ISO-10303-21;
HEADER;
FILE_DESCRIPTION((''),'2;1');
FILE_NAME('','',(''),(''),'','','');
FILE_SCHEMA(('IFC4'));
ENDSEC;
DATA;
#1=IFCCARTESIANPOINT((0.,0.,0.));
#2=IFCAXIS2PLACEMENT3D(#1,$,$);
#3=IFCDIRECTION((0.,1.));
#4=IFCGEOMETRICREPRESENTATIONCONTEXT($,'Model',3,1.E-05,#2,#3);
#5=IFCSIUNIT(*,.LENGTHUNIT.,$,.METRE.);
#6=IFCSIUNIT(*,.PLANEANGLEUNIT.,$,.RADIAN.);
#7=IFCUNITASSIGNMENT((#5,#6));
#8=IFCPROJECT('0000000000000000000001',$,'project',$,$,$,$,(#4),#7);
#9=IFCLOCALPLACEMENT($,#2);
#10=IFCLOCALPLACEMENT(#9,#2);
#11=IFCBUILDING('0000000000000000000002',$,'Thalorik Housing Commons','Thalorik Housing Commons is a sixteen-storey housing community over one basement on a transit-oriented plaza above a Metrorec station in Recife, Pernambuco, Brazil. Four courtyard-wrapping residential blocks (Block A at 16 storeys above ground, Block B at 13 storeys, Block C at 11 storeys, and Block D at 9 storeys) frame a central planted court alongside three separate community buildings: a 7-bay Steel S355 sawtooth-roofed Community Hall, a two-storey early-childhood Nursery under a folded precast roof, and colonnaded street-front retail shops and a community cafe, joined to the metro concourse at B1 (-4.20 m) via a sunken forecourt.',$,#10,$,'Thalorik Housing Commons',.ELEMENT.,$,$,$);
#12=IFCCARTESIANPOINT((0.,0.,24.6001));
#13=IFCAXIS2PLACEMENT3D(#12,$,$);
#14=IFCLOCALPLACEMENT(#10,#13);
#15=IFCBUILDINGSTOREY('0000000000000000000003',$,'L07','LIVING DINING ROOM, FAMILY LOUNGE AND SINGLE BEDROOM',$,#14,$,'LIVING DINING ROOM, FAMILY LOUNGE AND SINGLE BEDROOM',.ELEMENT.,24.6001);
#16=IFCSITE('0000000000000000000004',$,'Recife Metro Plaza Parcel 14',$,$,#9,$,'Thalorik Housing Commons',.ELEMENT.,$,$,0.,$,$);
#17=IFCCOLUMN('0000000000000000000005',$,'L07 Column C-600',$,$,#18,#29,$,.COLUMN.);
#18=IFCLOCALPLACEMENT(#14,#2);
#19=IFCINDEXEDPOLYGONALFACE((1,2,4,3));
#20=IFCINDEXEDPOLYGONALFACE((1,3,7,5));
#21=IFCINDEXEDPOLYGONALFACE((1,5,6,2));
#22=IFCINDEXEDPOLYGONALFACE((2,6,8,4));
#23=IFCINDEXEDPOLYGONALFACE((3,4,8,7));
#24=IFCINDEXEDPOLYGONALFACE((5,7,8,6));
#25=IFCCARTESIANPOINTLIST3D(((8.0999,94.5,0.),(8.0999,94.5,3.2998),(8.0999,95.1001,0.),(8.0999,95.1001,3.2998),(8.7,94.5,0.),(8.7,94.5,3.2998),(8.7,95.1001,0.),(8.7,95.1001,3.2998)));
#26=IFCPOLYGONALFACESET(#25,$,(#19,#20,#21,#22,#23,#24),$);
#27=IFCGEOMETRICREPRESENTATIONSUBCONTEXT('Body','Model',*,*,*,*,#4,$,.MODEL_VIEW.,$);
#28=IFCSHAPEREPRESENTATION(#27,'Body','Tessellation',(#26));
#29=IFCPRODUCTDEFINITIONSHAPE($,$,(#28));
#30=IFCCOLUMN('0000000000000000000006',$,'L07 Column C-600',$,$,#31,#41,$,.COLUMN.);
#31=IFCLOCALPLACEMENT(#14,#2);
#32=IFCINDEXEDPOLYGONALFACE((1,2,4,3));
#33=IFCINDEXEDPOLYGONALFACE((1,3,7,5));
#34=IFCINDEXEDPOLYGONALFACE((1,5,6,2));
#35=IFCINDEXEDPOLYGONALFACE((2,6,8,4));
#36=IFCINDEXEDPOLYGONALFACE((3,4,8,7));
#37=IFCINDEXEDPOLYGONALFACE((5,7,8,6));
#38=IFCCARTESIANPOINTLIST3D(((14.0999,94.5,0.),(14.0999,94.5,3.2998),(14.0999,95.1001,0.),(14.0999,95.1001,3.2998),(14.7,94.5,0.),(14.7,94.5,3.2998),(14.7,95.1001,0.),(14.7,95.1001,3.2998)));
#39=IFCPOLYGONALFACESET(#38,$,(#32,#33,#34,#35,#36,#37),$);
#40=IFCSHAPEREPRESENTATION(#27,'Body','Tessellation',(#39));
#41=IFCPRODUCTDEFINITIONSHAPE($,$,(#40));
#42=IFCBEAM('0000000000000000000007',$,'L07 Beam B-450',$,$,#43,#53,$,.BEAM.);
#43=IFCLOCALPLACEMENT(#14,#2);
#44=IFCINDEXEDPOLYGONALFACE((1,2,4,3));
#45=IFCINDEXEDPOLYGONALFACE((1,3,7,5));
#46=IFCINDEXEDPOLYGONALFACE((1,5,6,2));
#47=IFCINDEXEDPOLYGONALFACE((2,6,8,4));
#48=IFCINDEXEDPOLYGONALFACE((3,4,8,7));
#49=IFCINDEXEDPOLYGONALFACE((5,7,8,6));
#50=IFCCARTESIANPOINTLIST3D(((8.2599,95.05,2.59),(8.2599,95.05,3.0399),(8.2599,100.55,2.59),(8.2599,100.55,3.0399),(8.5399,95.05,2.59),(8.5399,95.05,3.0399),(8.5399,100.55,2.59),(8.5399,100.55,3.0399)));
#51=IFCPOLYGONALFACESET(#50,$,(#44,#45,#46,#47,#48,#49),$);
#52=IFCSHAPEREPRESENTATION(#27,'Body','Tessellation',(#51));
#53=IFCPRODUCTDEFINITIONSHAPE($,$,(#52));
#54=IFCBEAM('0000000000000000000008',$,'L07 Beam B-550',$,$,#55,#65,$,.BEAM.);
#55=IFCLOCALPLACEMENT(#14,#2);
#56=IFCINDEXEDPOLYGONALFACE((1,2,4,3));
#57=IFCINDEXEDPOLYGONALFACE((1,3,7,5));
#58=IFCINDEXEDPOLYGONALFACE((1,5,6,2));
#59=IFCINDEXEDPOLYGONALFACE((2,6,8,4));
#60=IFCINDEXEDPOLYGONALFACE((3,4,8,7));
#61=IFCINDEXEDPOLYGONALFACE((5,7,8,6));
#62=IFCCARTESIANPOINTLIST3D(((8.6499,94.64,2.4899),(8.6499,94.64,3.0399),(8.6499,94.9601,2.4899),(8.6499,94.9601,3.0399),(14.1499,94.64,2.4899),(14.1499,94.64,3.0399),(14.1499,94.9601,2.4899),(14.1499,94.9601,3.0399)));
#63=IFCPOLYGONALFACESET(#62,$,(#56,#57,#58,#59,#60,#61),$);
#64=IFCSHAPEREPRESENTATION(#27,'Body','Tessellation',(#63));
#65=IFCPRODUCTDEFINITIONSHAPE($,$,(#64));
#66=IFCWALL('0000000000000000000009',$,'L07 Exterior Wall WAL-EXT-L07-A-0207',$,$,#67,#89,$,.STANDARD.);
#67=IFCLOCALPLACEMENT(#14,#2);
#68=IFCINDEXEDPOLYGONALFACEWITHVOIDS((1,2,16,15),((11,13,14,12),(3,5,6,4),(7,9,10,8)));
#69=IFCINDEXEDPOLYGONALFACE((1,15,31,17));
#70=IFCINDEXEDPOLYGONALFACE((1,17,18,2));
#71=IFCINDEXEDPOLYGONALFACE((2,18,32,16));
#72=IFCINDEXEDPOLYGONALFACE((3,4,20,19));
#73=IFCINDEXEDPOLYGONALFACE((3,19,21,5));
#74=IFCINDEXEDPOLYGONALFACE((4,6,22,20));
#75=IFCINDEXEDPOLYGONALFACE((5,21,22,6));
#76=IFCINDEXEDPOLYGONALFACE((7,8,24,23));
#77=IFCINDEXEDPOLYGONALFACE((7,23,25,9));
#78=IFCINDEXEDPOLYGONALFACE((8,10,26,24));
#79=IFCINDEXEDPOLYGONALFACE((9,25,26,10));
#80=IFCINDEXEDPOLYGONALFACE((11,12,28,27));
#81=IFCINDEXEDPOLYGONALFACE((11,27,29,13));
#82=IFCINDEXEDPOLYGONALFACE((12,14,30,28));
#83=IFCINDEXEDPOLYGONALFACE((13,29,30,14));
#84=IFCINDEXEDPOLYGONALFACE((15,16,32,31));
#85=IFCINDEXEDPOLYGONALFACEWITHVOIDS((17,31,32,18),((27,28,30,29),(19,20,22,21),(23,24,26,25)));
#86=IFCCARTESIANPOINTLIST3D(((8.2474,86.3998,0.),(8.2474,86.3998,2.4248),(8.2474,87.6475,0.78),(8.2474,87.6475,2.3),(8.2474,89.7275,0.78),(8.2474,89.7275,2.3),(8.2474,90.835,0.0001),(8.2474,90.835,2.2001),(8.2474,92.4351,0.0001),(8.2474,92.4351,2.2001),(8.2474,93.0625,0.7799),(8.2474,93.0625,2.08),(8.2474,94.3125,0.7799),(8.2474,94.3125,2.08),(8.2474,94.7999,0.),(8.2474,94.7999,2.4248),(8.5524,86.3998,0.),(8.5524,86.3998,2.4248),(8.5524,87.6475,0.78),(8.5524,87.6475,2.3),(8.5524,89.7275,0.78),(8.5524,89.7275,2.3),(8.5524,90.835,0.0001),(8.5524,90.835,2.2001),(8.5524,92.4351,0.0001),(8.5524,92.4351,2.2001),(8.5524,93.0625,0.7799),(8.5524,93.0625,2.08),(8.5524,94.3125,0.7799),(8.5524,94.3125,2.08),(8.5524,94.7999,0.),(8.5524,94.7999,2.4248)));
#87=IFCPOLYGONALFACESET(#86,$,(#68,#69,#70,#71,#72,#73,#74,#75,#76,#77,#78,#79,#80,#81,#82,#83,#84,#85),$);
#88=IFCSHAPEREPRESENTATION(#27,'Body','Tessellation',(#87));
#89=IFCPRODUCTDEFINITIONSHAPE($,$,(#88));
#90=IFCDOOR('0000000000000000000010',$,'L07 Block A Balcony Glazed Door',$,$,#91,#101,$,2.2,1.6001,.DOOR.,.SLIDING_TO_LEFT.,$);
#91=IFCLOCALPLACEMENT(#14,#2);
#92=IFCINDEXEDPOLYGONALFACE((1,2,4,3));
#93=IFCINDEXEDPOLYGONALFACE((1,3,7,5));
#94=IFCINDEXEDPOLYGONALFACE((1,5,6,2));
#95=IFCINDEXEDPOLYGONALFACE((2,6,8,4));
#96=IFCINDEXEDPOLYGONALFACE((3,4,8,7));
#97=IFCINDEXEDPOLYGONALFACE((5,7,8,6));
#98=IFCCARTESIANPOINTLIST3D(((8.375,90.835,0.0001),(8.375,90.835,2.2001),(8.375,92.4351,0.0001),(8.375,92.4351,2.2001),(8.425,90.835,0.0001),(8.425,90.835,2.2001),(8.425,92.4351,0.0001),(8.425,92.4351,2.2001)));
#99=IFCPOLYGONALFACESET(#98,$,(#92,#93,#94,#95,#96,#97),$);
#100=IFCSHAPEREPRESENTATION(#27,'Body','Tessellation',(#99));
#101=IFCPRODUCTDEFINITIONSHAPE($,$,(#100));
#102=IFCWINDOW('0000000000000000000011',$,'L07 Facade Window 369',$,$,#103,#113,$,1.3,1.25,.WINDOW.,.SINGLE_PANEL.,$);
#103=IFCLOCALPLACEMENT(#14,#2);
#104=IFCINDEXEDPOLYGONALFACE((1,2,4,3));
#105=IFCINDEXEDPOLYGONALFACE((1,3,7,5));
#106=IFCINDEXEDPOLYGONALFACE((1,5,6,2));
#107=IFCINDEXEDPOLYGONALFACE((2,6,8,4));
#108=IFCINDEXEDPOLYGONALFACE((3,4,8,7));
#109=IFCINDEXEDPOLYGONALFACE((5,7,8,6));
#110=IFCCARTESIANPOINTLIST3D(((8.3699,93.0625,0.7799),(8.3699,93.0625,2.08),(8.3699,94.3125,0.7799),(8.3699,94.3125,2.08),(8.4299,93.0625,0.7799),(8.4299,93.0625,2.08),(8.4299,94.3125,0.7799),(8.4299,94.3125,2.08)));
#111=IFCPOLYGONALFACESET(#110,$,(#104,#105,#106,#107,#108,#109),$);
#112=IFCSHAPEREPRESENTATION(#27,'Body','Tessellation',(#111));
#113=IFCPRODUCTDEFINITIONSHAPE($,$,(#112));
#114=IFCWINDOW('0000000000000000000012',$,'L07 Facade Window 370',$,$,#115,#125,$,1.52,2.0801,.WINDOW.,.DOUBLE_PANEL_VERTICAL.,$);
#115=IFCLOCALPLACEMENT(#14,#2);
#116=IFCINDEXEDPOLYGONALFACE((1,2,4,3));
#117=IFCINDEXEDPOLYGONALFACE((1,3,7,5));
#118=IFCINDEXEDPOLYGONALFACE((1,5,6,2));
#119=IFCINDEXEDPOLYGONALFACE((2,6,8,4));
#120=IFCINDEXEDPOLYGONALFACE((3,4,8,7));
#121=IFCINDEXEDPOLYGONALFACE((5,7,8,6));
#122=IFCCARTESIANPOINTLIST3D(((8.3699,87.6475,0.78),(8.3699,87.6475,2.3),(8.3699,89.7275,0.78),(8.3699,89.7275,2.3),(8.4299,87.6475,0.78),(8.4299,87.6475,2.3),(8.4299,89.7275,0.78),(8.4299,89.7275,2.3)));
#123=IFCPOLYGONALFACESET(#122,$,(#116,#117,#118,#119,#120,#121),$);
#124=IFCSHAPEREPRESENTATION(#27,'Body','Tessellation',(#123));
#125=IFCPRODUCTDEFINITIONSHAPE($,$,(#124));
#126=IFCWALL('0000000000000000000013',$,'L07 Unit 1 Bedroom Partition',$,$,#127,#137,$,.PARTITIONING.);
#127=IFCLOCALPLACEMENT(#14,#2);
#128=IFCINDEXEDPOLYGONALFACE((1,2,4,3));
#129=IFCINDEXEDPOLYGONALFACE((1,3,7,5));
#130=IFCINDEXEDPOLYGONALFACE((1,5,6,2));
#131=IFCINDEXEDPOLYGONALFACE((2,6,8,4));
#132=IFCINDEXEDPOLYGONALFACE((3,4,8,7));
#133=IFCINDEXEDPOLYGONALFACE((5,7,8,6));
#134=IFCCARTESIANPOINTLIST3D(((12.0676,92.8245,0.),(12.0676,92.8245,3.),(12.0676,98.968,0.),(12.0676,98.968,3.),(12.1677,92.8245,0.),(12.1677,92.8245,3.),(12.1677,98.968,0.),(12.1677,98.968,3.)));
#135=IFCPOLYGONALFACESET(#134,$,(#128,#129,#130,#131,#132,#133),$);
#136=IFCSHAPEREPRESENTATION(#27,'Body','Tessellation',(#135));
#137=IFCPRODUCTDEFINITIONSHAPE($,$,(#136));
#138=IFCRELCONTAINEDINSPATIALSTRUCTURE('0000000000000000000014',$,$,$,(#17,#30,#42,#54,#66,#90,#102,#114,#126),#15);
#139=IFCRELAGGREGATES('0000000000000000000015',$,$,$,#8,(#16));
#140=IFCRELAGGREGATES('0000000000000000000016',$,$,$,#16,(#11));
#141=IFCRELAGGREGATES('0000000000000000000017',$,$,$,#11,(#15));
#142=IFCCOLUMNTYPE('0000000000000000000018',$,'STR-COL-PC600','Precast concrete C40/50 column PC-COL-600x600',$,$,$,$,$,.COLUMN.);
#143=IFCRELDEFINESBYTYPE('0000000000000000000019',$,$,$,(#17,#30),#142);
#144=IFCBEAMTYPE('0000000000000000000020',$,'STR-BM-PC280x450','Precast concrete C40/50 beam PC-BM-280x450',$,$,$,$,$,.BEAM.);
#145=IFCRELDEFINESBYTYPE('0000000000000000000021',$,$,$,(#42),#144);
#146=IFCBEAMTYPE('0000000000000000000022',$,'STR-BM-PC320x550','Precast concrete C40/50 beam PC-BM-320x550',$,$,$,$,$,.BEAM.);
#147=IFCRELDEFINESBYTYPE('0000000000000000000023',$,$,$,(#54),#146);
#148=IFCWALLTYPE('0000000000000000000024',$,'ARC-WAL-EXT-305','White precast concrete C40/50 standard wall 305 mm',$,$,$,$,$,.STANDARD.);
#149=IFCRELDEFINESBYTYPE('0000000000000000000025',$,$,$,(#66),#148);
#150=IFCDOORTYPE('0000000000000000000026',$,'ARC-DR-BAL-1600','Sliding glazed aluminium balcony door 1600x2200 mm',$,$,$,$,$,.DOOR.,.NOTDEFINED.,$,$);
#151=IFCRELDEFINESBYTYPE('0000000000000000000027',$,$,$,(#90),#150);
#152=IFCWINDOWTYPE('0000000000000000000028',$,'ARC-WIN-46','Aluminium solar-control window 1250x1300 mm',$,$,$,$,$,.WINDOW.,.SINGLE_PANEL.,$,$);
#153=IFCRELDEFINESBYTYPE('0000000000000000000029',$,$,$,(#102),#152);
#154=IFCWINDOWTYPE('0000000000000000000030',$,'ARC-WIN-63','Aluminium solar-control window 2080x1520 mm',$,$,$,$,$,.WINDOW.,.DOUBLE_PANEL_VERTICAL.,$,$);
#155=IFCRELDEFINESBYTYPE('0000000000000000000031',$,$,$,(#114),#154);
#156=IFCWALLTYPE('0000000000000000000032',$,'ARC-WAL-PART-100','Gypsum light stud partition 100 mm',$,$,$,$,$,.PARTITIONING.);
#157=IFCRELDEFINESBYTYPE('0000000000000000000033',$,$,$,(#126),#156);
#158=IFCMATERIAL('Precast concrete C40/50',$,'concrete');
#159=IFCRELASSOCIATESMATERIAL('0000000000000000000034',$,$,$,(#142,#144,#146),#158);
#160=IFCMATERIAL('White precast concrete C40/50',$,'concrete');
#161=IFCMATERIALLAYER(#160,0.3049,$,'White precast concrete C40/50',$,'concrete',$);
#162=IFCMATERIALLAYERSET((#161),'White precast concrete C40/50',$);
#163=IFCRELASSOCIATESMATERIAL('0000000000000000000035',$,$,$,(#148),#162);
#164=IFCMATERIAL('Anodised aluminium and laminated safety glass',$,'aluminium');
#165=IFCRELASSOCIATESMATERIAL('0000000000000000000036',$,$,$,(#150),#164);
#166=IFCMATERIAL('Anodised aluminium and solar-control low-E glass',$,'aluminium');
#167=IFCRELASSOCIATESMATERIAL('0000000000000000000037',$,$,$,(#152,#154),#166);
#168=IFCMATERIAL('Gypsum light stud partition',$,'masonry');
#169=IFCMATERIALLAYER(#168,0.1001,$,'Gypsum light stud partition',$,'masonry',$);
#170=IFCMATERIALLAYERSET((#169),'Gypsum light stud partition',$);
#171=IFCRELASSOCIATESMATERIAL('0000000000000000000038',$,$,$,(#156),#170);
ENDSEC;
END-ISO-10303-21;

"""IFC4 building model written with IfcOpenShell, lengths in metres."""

from ifc_helpers import new_model, si_unit, direction, frame, frame_2d, origin, origin_2d, place, context, subcontext, project, spatial, rectangle, extrude, material, layer, layer_set, material_profile, profile_set, type_object, element, fill, save


model = new_model("IFC4")

# Units and contexts
model_context = context("Model", 3, precision=1e-05, world=origin(), true_north=direction((0.0, 1.0)))
body_context = subcontext(model_context, "Body", "Model", "MODEL_VIEW")
ifc_project = project(units=[si_unit("LENGTHUNIT", "METRE"), si_unit("PLANEANGLEUNIT", "RADIAN")], contexts=[model_context])

# Site, building, storey
site_placement = place(None, origin())
site = spatial("IfcSite", under=ifc_project, at=site_placement, Name="Recife Metro Plaza Parcel 14", LongName="Thalorik Housing Commons", CompositionType="ELEMENT", RefElevation=0.0)
building_placement = place(site_placement, origin())
building = spatial("IfcBuilding", under=site, at=building_placement, Name="Thalorik Housing Commons", Description="Thalorik Housing Commons is a sixteen-storey housing community over one basement on a transit-oriented plaza above a Metrorec station in Recife, Pernambuco, Brazil. Four courtyard-wrapping residential blocks (Block A at 16 storeys above ground, Block B at 13 storeys, Block C at 11 storeys, and Block D at 9 storeys) frame a central planted court alongside three separate community buildings: a 7-bay Steel S355 sawtooth-roofed Community Hall, a two-storey early-childhood Nursery under a folded precast roof, and colonnaded street-front retail shops and a community cafe, joined to the metro concourse at B1 (-4.20 m) via a sunken forecourt.", LongName="Thalorik Housing Commons", CompositionType="ELEMENT")
storey_placement = place(building_placement, frame((0.0, 0.0, 24.6001)))
storey = spatial("IfcBuildingStorey", under=building, at=storey_placement, Name="L07", Description="LIVING DINING ROOM, FAMILY LOUNGE AND SINGLE BEDROOM", LongName="LIVING DINING ROOM, FAMILY LOUNGE AND SINGLE BEDROOM", CompositionType="ELEMENT", Elevation=24.6001)

# Columns
ifc_material_1 = material(Name="Precast concrete C40/50", Category="concrete")
ifc_material_profile_1 = material_profile(ifc_material_1, rectangle(XDim=0.6001, YDim=0.6001, at=origin_2d()), Name="PC 600x600", Category="concrete")
ifc_profile_set_1 = profile_set([ifc_material_profile_1], Name="Precast concrete C40/50")
column_type = type_object("IfcColumnType", Name="STR-COL-PC600", Description="Precast concrete C40/50 column PC-COL-600x600", PredefinedType="COLUMN", material=ifc_profile_set_1)
for number, where, z_axis, x_axis, name in (
    (1, (8.3999, 94.8, 0.0), (0.0, 0.0, 1.0), (1.0, 0.0, 0.0), "L07 Column C-600"),
    (2, (14.3999, 94.8, 0.0), (0.0, 0.0, 1.0), (1.0, 0.0, 0.0), "L07 Column C-600"),
):
    element("IfcColumn", number, at=place(storey_placement, frame(where, z_axis=z_axis, x_axis=x_axis)), inside=storey, type_object=column_type, Name=name, PredefinedType="COLUMN", context=body_context, shape_type="SweptSolid", body=[
        extrude(rectangle(XDim=0.6001, YDim=0.6001, at=origin_2d()), origin(), (0.0, 0.0, 1.0), 3.2998),
    ])

# Beams
ifc_material_profile_2 = material_profile(ifc_material_1, rectangle(XDim=0.28, YDim=0.45, at=origin_2d()), Name="PC 280x450", Category="concrete")
ifc_profile_set_2 = profile_set([ifc_material_profile_2], Name="Precast concrete C40/50")
beam_type_1 = type_object("IfcBeamType", Name="STR-BM-PC280x450", Description="Precast concrete C40/50 beam PC-BM-280x450", PredefinedType="BEAM", material=ifc_profile_set_2)
beam_1_placement = place(storey_placement, frame((8.3999, 95.05, 2.8149), z_axis=(0.0, 1.0, 0.0), x_axis=(-1.0, 0.0, 0.0)))
element("IfcBeam", 3, at=beam_1_placement, inside=storey, type_object=beam_type_1, Name="L07 Beam B-450", PredefinedType="BEAM", context=body_context, shape_type="SweptSolid", body=[
    extrude(rectangle(XDim=0.28, YDim=0.45, at=origin_2d()), origin(), (0.0, 0.0, 1.0), 5.5),
])
ifc_material_profile_3 = material_profile(ifc_material_1, rectangle(XDim=0.3201, YDim=0.55, at=origin_2d()), Name="PC 320x550", Category="concrete")
ifc_profile_set_3 = profile_set([ifc_material_profile_3], Name="Precast concrete C40/50")
beam_type_2 = type_object("IfcBeamType", Name="STR-BM-PC320x550", Description="Precast concrete C40/50 beam PC-BM-320x550", PredefinedType="BEAM", material=ifc_profile_set_3)
beam_2_placement = place(storey_placement, frame((8.6499, 94.8, 2.7649), z_axis=(1.0, 0.0, 0.0), x_axis=(0.0, 1.0, 0.0)))
element("IfcBeam", 4, at=beam_2_placement, inside=storey, type_object=beam_type_2, Name="L07 Beam B-550", PredefinedType="BEAM", context=body_context, shape_type="SweptSolid", body=[
    extrude(rectangle(XDim=0.3201, YDim=0.55, at=origin_2d()), origin(), (0.0, 0.0, 1.0), 5.5),
])

# Wall, openings, door, windows
ifc_material_2 = material(Name="White precast concrete C40/50", Category="concrete")
ifc_layer_1 = layer(ifc_material_2, 0.3049, Name="White precast concrete C40/50", Category="concrete")
ifc_layer_set_1 = layer_set([ifc_layer_1], Name="White precast concrete C40/50")
wall_type_1 = type_object("IfcWallType", Name="ARC-WAL-EXT-305", Description="White precast concrete C40/50 standard wall 305 mm", PredefinedType="STANDARD", material=ifc_layer_set_1)
wall_1_placement = place(storey_placement, frame((8.3999, 94.8, 0.0), z_axis=(0.0, 0.0, 1.0), x_axis=(0.0, -1.0, 0.0)))
wall_1 = element("IfcWall", 5, at=wall_1_placement, inside=storey, type_object=wall_type_1, Name="L07 Exterior Wall WAL-EXT-L07-A-0207", PredefinedType="STANDARD", context=body_context, shape_type="SweptSolid", body=[
    extrude(rectangle(XDim=8.4001, YDim=0.3049, at=frame_2d((4.2002, 0.0))), origin(), (0.0, 0.0, 1.0), 2.4248),
])
opening_1_placement = place(wall_1_placement, frame((2.365, 0.0, 0.0)))
opening_1 = element("IfcOpeningElement", 6, at=opening_1_placement, cuts=wall_1, PredefinedType="OPENING", context=body_context, shape_type="SweptSolid", body=[
    extrude(rectangle(XDim=1.6001, YDim=2.2, at=frame_2d((0.8, 1.1001))), frame((0.0, 0.1626, 0.0), z_axis=(0.0, -1.0, 0.0), x_axis=(1.0, 0.0, 0.0)), (0.0, 0.0, 1.0), 0.325),
])
opening_2_placement = place(wall_1_placement, frame((0.4875, 0.0, 0.78)))
opening_2 = element("IfcOpeningElement", 7, at=opening_2_placement, cuts=wall_1, PredefinedType="OPENING", context=body_context, shape_type="SweptSolid", body=[
    extrude(rectangle(XDim=1.25, YDim=1.3, at=frame_2d((0.625, 0.6499))), frame((0.0, 0.1626, 0.0), z_axis=(0.0, -1.0, 0.0), x_axis=(1.0, 0.0, 0.0)), (0.0, 0.0, 1.0), 0.325),
])
opening_3_placement = place(wall_1_placement, frame((5.0725, 0.0, 0.78)))
opening_3 = element("IfcOpeningElement", 8, at=opening_3_placement, cuts=wall_1, PredefinedType="OPENING", context=body_context, shape_type="SweptSolid", body=[
    extrude(rectangle(XDim=2.0801, YDim=1.52, at=frame_2d((1.04, 0.76))), frame((0.0, 0.1626, 0.0), z_axis=(0.0, -1.0, 0.0), x_axis=(1.0, 0.0, 0.0)), (0.0, 0.0, 1.0), 0.325),
])
ifc_material_3 = material(Name="Anodised aluminium and laminated safety glass", Category="aluminium")
door_type_1 = type_object("IfcDoorType", Name="ARC-DR-BAL-1600", Description="Sliding glazed aluminium balcony door 1600x2200 mm", OperationType="NOTDEFINED", PredefinedType="DOOR", material=ifc_material_3)
door_1_placement = place(opening_1_placement, frame((1.6001, 0.0, 0.0), z_axis=(0.0, 0.0, 1.0), x_axis=(-1.0, 0.0, 0.0)))
door_1 = element("IfcDoor", 9, at=door_1_placement, inside=storey, type_object=door_type_1, Name="L07 Block A Balcony Glazed Door", OperationType="SLIDING_TO_LEFT", OverallHeight=2.2, OverallWidth=1.6001, PredefinedType="DOOR", context=body_context, shape_type="SweptSolid", body=[
    extrude(rectangle(XDim=1.6001, YDim=2.2, at=frame_2d((0.8, 1.1001))), frame((0.0, 0.0249, 0.0), z_axis=(0.0, -1.0, 0.0), x_axis=(1.0, 0.0, 0.0)), (0.0, 0.0, 1.0), 0.05),
])
fill(opening_1, door_1)
ifc_material_4 = material(Name="Anodised aluminium and solar-control low-E glass", Category="aluminium")
window_type_1 = type_object("IfcWindowType", Name="ARC-WIN-46", Description="Aluminium solar-control window 1250x1300 mm", PartitioningType="SINGLE_PANEL", PredefinedType="WINDOW", material=ifc_material_4)
window_1_placement = place(opening_2_placement, origin())
window_1 = element("IfcWindow", 10, at=window_1_placement, inside=storey, type_object=window_type_1, Name="L07 Facade Window 369", OverallHeight=1.3, OverallWidth=1.25, PartitioningType="SINGLE_PANEL", PredefinedType="WINDOW", context=body_context, shape_type="SweptSolid", body=[
    extrude(rectangle(XDim=1.25, YDim=1.3, at=frame_2d((0.625, 0.6499))), frame((0.0, 0.03, 0.0), z_axis=(0.0, -1.0, 0.0), x_axis=(1.0, 0.0, 0.0)), (0.0, 0.0, 1.0), 0.0601),
])
fill(opening_2, window_1)
window_type_2 = type_object("IfcWindowType", Name="ARC-WIN-63", Description="Aluminium solar-control window 2080x1520 mm", PartitioningType="DOUBLE_PANEL_VERTICAL", PredefinedType="WINDOW", material=ifc_material_4)
window_2_placement = place(opening_3_placement, origin())
window_2 = element("IfcWindow", 11, at=window_2_placement, inside=storey, type_object=window_type_2, Name="L07 Facade Window 370", OverallHeight=1.52, OverallWidth=2.0801, PartitioningType="DOUBLE_PANEL_VERTICAL", PredefinedType="WINDOW", context=body_context, shape_type="SweptSolid", body=[
    extrude(rectangle(XDim=2.0801, YDim=1.52, at=frame_2d((1.04, 0.76))), frame((0.0, 0.03, 0.0), z_axis=(0.0, -1.0, 0.0), x_axis=(1.0, 0.0, 0.0)), (0.0, 0.0, 1.0), 0.0601),
])
fill(opening_3, window_2)

# Wall
ifc_material_5 = material(Name="Gypsum light stud partition", Category="masonry")
ifc_layer_2 = layer(ifc_material_5, 0.1001, Name="Gypsum light stud partition", Category="masonry")
ifc_layer_set_2 = layer_set([ifc_layer_2], Name="Gypsum light stud partition")
wall_type_2 = type_object("IfcWallType", Name="ARC-WAL-PART-100", Description="Gypsum light stud partition 100 mm", PredefinedType="PARTITIONING", material=ifc_layer_set_2)
wall_2_placement = place(storey_placement, frame((12.1177, 92.8245, 0.0), z_axis=(0.0, 0.0, 1.0), x_axis=(0.0, 1.0, 0.0)))
element("IfcWall", 12, at=wall_2_placement, inside=storey, type_object=wall_type_2, Name="L07 Unit 1 Bedroom Partition", PredefinedType="PARTITIONING", context=body_context, shape_type="SweptSolid", body=[
    extrude(rectangle(XDim=6.1436, YDim=0.1001, at=frame_2d((3.0718, 0.0))), origin(), (0.0, 0.0, 1.0), 3.0),
])

save(model, "model.ifc")
